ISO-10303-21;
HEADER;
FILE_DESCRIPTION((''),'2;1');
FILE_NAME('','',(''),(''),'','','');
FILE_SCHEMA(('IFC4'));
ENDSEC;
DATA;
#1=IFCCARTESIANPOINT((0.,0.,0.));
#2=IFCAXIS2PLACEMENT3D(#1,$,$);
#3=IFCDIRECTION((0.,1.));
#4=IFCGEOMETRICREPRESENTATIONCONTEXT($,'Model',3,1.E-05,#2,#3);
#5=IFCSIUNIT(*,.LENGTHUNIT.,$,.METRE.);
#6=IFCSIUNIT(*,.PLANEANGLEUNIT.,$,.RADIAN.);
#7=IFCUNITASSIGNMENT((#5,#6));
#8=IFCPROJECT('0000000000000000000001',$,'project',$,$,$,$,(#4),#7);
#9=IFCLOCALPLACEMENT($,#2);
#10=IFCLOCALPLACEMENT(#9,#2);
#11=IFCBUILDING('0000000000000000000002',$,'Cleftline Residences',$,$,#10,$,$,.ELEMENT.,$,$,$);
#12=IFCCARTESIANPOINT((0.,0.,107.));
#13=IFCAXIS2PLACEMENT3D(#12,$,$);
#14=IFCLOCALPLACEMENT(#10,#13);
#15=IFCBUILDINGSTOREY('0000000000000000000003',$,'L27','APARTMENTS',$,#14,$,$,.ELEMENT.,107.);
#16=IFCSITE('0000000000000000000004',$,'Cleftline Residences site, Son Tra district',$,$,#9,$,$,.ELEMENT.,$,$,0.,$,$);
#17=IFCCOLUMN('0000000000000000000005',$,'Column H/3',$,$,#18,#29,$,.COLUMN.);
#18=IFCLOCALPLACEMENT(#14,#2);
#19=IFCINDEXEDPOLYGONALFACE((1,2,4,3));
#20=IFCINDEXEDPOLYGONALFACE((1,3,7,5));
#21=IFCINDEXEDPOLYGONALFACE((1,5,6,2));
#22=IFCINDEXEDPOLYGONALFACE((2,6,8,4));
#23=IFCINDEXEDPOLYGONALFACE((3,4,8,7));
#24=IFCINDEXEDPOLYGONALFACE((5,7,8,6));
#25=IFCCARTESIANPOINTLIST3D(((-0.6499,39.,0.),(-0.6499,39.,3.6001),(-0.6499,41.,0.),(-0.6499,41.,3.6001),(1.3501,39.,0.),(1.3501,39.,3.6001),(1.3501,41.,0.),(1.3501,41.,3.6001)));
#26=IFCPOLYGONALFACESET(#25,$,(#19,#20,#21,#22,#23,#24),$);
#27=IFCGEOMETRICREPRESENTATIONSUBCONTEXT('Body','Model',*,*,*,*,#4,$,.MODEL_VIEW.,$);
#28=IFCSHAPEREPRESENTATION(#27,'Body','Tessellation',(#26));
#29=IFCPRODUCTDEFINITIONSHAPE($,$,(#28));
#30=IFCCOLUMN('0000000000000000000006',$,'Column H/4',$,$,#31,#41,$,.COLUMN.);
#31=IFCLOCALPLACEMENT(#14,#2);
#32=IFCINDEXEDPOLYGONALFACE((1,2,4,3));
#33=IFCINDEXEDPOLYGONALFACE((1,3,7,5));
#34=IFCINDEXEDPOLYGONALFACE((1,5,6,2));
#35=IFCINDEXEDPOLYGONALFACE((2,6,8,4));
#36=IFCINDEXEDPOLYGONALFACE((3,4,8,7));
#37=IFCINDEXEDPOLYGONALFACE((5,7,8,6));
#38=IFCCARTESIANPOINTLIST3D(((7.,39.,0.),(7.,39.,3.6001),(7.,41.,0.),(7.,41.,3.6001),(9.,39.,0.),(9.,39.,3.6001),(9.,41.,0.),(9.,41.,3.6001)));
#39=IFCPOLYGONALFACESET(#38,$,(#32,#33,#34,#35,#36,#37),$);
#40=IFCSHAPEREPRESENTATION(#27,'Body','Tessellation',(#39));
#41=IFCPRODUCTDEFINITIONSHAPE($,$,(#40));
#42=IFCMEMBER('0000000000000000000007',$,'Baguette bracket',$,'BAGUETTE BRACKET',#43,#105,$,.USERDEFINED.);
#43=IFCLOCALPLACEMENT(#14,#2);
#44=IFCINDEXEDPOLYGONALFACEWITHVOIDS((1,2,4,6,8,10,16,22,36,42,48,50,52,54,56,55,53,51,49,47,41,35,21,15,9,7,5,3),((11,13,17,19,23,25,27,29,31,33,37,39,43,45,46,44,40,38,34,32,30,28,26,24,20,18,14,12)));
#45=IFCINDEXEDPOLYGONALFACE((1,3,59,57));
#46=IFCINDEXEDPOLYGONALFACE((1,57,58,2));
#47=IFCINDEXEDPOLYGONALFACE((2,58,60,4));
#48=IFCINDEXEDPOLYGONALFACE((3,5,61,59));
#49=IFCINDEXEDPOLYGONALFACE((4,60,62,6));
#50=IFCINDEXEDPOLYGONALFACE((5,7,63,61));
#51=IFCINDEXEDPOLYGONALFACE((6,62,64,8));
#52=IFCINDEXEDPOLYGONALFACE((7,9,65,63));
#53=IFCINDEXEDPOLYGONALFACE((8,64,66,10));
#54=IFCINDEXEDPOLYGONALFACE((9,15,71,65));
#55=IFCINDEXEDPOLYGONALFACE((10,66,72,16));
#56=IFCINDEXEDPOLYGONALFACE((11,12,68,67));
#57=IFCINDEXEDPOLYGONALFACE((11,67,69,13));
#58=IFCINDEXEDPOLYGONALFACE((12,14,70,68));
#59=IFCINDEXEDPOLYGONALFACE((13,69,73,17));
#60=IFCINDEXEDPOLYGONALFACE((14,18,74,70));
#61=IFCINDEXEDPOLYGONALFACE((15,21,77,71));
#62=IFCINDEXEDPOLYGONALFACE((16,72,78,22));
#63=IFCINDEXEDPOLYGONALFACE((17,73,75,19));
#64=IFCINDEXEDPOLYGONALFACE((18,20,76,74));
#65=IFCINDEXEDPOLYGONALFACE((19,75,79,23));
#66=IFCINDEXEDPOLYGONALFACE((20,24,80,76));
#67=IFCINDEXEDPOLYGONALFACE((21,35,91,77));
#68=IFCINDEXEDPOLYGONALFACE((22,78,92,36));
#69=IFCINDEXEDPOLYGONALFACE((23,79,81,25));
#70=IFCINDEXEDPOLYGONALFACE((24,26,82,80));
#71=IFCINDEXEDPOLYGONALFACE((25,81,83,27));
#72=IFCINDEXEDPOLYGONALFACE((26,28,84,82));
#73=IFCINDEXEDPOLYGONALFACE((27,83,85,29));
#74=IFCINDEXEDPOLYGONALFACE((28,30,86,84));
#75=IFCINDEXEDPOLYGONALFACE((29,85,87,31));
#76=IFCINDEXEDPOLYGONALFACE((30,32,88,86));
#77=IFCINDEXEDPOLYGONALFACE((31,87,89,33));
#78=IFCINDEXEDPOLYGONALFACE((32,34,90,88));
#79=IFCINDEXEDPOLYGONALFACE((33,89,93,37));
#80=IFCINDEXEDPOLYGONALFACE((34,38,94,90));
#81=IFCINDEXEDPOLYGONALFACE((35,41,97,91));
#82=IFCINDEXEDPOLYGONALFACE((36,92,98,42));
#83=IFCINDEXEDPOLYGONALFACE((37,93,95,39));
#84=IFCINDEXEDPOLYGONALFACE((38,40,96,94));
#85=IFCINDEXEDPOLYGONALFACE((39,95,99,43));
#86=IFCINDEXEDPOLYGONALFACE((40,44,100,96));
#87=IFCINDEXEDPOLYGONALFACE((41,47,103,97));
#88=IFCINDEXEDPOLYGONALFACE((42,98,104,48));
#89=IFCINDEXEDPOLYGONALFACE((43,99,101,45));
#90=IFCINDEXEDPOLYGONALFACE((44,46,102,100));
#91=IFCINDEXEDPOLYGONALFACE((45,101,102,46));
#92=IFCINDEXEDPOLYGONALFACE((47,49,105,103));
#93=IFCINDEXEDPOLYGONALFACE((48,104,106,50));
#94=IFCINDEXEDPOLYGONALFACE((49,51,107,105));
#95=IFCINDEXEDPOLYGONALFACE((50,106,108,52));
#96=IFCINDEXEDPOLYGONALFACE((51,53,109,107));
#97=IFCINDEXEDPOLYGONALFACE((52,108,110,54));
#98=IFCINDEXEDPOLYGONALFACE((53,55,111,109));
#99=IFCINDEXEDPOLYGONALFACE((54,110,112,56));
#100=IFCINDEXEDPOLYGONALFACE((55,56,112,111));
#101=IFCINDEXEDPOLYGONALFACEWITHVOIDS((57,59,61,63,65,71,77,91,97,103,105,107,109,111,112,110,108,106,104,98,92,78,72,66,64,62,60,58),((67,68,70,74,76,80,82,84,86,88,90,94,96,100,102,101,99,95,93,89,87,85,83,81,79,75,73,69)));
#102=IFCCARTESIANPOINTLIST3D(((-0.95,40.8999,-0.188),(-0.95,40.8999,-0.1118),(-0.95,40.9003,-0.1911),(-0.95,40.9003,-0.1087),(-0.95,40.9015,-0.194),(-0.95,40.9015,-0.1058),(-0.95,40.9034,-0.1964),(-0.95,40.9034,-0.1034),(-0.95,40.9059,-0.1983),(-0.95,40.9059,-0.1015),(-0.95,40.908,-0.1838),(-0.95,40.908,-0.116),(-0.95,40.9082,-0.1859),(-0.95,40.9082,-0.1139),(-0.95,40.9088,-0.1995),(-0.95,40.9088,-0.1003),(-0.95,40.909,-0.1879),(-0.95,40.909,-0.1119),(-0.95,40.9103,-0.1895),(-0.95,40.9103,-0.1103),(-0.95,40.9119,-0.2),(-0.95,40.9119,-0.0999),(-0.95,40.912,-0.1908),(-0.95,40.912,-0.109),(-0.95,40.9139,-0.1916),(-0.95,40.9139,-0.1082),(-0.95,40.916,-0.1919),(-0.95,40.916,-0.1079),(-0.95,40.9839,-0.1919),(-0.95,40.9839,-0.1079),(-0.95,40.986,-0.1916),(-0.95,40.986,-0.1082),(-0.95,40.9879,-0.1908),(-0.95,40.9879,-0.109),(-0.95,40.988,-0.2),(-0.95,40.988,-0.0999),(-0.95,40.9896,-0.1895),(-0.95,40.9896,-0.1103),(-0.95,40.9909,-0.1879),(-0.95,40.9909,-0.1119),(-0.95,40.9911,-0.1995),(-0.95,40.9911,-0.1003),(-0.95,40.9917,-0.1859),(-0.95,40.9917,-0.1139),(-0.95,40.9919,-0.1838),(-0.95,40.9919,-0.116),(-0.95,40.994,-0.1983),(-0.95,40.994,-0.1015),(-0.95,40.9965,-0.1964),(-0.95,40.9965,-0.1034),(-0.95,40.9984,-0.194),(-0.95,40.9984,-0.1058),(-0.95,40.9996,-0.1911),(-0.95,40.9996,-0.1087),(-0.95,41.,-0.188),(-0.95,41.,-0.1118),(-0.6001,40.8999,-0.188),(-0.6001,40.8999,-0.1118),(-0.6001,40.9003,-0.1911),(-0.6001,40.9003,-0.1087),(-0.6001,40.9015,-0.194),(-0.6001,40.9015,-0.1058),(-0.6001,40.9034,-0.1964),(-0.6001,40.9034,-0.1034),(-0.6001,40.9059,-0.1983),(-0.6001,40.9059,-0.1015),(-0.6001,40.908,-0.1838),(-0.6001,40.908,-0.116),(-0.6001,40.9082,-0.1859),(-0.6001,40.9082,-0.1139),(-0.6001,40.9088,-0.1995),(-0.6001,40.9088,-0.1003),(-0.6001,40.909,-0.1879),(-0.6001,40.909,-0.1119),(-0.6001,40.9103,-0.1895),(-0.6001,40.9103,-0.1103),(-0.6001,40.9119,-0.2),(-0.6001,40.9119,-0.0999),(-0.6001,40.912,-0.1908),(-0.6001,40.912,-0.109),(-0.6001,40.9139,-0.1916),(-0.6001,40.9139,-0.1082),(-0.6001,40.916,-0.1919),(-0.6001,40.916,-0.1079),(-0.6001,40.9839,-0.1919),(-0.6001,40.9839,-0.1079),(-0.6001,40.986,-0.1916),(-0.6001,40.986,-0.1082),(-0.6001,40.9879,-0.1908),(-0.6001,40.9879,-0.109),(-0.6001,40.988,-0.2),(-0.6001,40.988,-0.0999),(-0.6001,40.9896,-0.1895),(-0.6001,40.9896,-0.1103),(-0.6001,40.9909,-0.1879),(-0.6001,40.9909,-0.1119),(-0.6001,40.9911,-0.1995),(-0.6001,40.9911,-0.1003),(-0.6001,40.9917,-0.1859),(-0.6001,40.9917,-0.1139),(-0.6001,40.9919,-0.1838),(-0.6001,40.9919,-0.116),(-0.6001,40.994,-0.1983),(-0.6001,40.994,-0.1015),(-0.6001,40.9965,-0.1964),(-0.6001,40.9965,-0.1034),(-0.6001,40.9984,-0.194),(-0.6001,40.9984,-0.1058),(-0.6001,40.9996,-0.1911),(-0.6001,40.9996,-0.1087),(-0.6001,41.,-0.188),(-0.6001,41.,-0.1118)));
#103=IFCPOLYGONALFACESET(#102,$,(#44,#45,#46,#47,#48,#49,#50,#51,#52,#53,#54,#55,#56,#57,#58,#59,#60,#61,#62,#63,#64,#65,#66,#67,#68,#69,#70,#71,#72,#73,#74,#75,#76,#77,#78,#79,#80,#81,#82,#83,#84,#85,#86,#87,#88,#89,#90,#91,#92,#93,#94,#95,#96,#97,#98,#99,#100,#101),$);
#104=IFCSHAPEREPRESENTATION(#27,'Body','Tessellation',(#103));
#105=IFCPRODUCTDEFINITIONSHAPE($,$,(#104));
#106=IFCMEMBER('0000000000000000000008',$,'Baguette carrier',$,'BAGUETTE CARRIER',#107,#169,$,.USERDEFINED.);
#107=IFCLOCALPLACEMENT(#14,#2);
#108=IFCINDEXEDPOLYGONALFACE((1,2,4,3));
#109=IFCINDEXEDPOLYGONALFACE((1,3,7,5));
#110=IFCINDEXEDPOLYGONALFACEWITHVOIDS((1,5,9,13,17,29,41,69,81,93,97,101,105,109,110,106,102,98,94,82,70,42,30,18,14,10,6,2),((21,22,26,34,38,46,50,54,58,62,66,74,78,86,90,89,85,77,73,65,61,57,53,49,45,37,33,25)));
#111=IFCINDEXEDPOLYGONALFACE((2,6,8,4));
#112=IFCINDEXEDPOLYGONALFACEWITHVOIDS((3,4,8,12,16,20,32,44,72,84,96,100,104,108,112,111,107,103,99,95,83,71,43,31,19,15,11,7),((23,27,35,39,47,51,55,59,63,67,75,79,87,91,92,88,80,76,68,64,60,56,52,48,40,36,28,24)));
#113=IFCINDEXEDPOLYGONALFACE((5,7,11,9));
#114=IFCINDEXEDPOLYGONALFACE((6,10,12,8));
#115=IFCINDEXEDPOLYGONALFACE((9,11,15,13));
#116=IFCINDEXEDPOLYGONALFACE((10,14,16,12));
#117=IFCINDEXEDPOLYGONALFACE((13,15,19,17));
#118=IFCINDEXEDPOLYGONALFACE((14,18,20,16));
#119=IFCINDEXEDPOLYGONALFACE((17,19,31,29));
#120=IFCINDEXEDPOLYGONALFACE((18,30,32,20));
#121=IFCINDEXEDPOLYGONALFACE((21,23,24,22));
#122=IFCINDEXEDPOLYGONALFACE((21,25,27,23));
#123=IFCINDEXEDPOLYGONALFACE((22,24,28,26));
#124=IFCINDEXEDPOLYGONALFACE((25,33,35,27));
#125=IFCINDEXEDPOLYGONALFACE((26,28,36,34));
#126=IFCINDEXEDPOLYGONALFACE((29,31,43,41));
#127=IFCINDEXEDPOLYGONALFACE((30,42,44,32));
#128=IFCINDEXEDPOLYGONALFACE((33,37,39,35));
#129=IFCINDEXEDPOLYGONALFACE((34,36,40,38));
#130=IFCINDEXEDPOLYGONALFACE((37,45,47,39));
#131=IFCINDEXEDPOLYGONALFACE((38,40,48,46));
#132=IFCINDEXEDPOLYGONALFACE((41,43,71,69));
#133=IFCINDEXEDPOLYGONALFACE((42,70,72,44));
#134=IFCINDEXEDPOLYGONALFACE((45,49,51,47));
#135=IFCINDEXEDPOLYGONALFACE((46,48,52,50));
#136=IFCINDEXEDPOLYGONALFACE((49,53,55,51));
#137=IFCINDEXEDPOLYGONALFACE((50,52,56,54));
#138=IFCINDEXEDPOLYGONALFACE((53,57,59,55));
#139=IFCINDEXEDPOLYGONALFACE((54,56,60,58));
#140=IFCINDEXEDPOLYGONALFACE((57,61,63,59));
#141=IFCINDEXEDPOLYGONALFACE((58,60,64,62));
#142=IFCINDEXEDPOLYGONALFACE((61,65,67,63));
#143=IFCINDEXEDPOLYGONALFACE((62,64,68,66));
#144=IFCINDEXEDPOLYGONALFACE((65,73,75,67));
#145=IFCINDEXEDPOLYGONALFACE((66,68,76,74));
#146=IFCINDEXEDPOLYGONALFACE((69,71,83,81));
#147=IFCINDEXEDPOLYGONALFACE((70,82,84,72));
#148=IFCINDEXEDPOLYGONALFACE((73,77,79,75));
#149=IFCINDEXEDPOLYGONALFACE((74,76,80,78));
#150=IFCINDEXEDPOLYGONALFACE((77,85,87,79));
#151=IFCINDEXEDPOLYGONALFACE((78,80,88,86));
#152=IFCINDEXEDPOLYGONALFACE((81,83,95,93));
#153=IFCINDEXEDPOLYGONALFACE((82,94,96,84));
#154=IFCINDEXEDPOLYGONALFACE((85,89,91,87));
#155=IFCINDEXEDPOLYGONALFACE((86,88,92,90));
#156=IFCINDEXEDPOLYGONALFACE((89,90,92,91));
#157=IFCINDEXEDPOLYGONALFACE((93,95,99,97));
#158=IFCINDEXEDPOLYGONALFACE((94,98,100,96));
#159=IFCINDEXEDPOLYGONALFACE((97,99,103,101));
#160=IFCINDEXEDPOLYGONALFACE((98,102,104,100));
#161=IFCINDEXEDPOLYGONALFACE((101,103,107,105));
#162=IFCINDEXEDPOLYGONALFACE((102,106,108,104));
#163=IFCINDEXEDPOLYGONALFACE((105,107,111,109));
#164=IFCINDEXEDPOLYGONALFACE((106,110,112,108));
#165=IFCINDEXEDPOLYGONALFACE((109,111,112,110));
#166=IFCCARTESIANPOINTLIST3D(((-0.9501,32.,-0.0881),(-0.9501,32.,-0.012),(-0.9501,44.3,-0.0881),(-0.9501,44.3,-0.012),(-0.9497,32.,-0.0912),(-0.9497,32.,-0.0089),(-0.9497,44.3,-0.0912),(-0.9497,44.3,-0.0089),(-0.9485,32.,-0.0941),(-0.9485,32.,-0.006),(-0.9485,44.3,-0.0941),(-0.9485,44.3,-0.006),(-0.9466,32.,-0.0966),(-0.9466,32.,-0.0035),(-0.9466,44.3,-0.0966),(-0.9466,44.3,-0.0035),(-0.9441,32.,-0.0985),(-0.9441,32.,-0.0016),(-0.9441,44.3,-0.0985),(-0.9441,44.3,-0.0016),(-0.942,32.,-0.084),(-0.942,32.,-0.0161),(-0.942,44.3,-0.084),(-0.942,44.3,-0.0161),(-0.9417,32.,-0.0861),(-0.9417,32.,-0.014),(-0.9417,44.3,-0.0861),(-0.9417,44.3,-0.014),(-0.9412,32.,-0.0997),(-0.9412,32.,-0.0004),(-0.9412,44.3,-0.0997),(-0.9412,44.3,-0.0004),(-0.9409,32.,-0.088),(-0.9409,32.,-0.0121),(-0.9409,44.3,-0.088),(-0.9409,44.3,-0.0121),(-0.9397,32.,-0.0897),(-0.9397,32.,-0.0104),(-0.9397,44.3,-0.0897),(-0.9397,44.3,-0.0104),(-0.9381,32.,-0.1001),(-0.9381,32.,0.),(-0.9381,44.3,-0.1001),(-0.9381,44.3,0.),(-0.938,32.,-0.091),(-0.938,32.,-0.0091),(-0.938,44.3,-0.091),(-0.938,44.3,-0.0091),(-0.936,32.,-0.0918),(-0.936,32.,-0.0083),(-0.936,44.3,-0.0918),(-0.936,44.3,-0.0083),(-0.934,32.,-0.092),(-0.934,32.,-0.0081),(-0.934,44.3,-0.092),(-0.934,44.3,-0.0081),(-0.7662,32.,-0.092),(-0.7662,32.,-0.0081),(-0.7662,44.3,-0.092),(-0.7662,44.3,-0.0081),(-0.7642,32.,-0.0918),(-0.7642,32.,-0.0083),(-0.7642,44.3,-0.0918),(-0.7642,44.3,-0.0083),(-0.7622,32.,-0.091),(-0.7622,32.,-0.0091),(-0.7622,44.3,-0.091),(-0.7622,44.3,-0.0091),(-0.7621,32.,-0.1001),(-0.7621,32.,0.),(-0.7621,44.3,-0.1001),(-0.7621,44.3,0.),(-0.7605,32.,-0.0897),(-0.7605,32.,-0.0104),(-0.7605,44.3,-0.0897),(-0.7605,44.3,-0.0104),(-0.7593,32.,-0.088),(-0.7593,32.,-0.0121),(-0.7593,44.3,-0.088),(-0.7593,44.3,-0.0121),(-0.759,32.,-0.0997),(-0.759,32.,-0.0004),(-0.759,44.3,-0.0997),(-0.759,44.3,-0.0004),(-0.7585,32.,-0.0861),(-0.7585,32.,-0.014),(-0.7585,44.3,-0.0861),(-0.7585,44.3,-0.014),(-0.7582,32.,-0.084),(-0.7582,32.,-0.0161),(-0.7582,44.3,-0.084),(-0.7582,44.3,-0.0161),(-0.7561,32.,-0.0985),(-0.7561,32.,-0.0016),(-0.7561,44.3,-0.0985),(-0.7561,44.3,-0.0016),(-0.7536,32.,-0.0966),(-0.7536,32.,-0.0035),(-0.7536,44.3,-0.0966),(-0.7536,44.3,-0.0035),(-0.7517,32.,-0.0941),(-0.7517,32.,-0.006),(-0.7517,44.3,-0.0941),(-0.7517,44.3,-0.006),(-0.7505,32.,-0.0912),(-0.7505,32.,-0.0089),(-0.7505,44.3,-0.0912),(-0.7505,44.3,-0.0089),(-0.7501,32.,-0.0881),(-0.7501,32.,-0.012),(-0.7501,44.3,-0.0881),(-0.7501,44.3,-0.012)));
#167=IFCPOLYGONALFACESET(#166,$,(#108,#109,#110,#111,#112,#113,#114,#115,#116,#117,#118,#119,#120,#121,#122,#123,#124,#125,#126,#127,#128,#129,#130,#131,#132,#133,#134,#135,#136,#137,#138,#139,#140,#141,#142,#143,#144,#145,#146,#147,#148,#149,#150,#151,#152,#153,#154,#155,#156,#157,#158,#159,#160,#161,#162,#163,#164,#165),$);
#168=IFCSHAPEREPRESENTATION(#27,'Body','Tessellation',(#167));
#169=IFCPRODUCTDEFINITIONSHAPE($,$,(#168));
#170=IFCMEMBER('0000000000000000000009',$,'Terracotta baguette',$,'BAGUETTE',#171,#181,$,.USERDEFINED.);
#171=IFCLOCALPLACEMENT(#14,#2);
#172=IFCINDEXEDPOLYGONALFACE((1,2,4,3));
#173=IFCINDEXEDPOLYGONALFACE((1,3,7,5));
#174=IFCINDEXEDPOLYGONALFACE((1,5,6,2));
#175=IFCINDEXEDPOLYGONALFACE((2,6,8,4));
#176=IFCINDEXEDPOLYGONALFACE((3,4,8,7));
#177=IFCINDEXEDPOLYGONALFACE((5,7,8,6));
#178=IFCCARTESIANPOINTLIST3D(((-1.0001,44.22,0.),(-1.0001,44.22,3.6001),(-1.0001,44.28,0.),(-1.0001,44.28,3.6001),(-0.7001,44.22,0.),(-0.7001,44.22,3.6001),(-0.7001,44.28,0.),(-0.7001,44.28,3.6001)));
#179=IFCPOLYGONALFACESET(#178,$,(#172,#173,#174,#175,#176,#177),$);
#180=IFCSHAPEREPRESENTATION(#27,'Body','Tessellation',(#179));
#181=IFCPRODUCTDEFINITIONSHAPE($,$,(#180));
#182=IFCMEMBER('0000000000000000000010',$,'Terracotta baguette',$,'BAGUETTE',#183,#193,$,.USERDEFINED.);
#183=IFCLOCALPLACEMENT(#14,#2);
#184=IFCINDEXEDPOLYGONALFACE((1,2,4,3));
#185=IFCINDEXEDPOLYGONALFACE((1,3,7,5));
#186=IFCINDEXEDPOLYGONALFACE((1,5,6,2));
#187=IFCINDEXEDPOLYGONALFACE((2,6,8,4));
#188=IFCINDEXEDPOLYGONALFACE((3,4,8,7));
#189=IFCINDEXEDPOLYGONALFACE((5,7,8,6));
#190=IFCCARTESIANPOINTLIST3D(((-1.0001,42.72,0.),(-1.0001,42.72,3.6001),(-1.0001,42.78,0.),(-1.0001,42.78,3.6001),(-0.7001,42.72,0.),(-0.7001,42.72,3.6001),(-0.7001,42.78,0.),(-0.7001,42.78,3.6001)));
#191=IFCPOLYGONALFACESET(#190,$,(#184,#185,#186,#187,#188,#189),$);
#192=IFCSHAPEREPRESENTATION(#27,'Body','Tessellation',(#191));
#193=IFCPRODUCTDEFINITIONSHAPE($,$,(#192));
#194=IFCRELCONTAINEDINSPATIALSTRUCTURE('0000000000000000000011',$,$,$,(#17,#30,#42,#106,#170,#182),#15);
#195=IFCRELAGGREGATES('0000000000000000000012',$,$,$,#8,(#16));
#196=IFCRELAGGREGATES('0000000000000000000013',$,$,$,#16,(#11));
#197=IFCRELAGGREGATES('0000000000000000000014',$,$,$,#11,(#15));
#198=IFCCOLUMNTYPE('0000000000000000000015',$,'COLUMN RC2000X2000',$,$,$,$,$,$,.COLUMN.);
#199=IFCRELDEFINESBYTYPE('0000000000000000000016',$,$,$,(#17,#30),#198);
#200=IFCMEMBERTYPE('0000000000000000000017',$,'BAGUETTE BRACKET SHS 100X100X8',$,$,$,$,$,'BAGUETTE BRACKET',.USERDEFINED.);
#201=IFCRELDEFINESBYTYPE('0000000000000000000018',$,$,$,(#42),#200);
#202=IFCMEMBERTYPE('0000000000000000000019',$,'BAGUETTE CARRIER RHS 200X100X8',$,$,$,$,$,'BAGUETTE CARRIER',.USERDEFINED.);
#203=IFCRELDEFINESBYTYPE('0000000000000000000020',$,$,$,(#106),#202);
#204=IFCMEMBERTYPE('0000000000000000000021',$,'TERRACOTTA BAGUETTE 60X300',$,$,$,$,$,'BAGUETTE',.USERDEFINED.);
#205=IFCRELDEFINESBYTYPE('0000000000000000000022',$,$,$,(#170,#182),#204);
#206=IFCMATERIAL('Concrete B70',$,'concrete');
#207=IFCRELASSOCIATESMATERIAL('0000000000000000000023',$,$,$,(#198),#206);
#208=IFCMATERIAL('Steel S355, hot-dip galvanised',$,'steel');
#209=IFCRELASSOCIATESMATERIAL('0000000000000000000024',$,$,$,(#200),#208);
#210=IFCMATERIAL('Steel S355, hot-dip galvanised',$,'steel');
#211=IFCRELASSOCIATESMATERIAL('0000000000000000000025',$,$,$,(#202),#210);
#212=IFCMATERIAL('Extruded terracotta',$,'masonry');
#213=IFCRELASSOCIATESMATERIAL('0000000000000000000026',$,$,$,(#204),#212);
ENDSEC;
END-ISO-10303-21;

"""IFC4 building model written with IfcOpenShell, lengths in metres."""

from ifc_helpers import new_model, si_unit, direction, frame, origin, origin_2d, place, context, subcontext, project, spatial, rectangle, hollow_rectangle, extrude, material, material_profile, profile_set, type_object, element, save


model = new_model("IFC4")

# Units and contexts
model_context = context("Model", 3, precision=1e-05, world=origin(), true_north=direction((0.0, 1.0)))
body_context = subcontext(model_context, "Body", "Model", "MODEL_VIEW")
ifc_project = project(units=[si_unit("LENGTHUNIT", "METRE"), si_unit("PLANEANGLEUNIT", "RADIAN")], contexts=[model_context])

# Site, building, storey
site_placement = place(None, origin())
site = spatial("IfcSite", under=ifc_project, at=site_placement, Name="Cleftline Residences site, Son Tra district", CompositionType="ELEMENT", RefElevation=0.0)
building_placement = place(site_placement, origin())
building = spatial("IfcBuilding", under=site, at=building_placement, Name="Cleftline Residences", CompositionType="ELEMENT")
storey_placement = place(building_placement, frame((0.0, 0.0, 107.0)))
storey = spatial("IfcBuildingStorey", under=building, at=storey_placement, Name="L27", Description="APARTMENTS", CompositionType="ELEMENT", Elevation=107.0)

# Columns
ifc_material_1 = material(Name="Concrete B70", Category="concrete")
ifc_material_profile_1 = material_profile(ifc_material_1, rectangle(XDim=2.0, YDim=2.0, at=origin_2d()))
ifc_profile_set_1 = profile_set([ifc_material_profile_1], Name="Concrete B70")
column_type = type_object("IfcColumnType", Name="COLUMN RC2000X2000", PredefinedType="COLUMN", material=ifc_profile_set_1)
for number, where, z_axis, x_axis, name in (
    (1, (0.3501, 40.0, 0.0), (0.0, 0.0, 1.0), (1.0, 0.0, 0.0), "Column H/3"),
    (2, (8.0, 40.0, 0.0), (0.0, 0.0, 1.0), (1.0, 0.0, 0.0), "Column H/4"),
):
    element("IfcColumn", number, at=place(storey_placement, frame(where, z_axis=z_axis, x_axis=x_axis)), inside=storey, type_object=column_type, Name=name, PredefinedType="COLUMN", context=body_context, shape_type="SweptSolid", body=[
        extrude(rectangle(XDim=2.0, YDim=2.0, at=origin_2d()), origin(), (0.0, 0.0, 1.0), 3.6001),
    ])

# Members
ifc_material_2 = material(Name="Steel S355, hot-dip galvanised", Category="steel")
ifc_material_profile_2 = material_profile(ifc_material_2, hollow_rectangle(XDim=0.1001, YDim=0.1001, WallThickness=0.0081, InnerFilletRadius=0.0081, OuterFilletRadius=0.012, at=origin_2d()))
ifc_profile_set_2 = profile_set([ifc_material_profile_2], Name="Steel S355, hot-dip galvanised")
member_type_1 = type_object("IfcMemberType", Name="BAGUETTE BRACKET SHS 100X100X8", ElementType="BAGUETTE BRACKET", PredefinedType="USERDEFINED", material=ifc_profile_set_2)
member_1_placement = place(storey_placement, frame((-0.6001, 40.95, -0.1499), z_axis=(-1.0, 0.0, 0.0), x_axis=(0.0, -1.0, 0.0)))
element("IfcMember", 3, at=member_1_placement, inside=storey, type_object=member_type_1, Name="Baguette bracket", ObjectType="BAGUETTE BRACKET", PredefinedType="USERDEFINED", context=body_context, shape_type="SweptSolid", body=[
    extrude(hollow_rectangle(XDim=0.1001, YDim=0.1001, WallThickness=0.0081, InnerFilletRadius=0.0081, OuterFilletRadius=0.012, at=origin_2d()), origin(), (0.0, 0.0, 1.0), 0.3499),
])
ifc_material_3 = material(Name="Steel S355, hot-dip galvanised", Category="steel")
ifc_material_profile_3 = material_profile(ifc_material_3, hollow_rectangle(XDim=0.1001, YDim=0.2, WallThickness=0.0081, InnerFilletRadius=0.0081, OuterFilletRadius=0.012, at=origin_2d()))
ifc_profile_set_3 = profile_set([ifc_material_profile_3], Name="Steel S355, hot-dip galvanised")
member_type_2 = type_object("IfcMemberType", Name="BAGUETTE CARRIER RHS 200X100X8", ElementType="BAGUETTE CARRIER", PredefinedType="USERDEFINED", material=ifc_profile_set_3)
member_2_placement = place(storey_placement, frame((-0.8501, 44.3, -0.05), z_axis=(0.0, -1.0, 0.0), x_axis=(0.0, 0.0, 1.0)))
element("IfcMember", 4, at=member_2_placement, inside=storey, type_object=member_type_2, Name="Baguette carrier", ObjectType="BAGUETTE CARRIER", PredefinedType="USERDEFINED", context=body_context, shape_type="SweptSolid", body=[
    extrude(hollow_rectangle(XDim=0.1001, YDim=0.2, WallThickness=0.0081, InnerFilletRadius=0.0081, OuterFilletRadius=0.012, at=origin_2d()), origin(), (0.0, 0.0, 1.0), 12.3),
])
ifc_material_4 = material(Name="Extruded terracotta", Category="masonry")
ifc_material_profile_4 = material_profile(ifc_material_4, rectangle(XDim=0.0601, YDim=0.3, at=origin_2d()))
ifc_profile_set_4 = profile_set([ifc_material_profile_4], Name="Extruded terracotta")
member_type_3 = type_object("IfcMemberType", Name="TERRACOTTA BAGUETTE 60X300", ElementType="BAGUETTE", PredefinedType="USERDEFINED", material=ifc_profile_set_4)
for number, where, z_axis, x_axis, name in (
    (5, (-0.8501, 44.25, 0.0), (0.0, 0.0, 1.0), (0.0, 1.0, 0.0), "Terracotta baguette"),
    (6, (-0.8501, 42.75, 0.0), (0.0, 0.0, 1.0), (0.0, 1.0, 0.0), "Terracotta baguette"),
):
    element("IfcMember", number, at=place(storey_placement, frame(where, z_axis=z_axis, x_axis=x_axis)), inside=storey, type_object=member_type_3, Name=name, ObjectType="BAGUETTE", PredefinedType="USERDEFINED", context=body_context, shape_type="SweptSolid", body=[
        extrude(rectangle(XDim=0.0601, YDim=0.3, at=origin_2d()), origin(), (0.0, 0.0, 1.0), 3.6001),
    ])

save(model, "model.ifc")
